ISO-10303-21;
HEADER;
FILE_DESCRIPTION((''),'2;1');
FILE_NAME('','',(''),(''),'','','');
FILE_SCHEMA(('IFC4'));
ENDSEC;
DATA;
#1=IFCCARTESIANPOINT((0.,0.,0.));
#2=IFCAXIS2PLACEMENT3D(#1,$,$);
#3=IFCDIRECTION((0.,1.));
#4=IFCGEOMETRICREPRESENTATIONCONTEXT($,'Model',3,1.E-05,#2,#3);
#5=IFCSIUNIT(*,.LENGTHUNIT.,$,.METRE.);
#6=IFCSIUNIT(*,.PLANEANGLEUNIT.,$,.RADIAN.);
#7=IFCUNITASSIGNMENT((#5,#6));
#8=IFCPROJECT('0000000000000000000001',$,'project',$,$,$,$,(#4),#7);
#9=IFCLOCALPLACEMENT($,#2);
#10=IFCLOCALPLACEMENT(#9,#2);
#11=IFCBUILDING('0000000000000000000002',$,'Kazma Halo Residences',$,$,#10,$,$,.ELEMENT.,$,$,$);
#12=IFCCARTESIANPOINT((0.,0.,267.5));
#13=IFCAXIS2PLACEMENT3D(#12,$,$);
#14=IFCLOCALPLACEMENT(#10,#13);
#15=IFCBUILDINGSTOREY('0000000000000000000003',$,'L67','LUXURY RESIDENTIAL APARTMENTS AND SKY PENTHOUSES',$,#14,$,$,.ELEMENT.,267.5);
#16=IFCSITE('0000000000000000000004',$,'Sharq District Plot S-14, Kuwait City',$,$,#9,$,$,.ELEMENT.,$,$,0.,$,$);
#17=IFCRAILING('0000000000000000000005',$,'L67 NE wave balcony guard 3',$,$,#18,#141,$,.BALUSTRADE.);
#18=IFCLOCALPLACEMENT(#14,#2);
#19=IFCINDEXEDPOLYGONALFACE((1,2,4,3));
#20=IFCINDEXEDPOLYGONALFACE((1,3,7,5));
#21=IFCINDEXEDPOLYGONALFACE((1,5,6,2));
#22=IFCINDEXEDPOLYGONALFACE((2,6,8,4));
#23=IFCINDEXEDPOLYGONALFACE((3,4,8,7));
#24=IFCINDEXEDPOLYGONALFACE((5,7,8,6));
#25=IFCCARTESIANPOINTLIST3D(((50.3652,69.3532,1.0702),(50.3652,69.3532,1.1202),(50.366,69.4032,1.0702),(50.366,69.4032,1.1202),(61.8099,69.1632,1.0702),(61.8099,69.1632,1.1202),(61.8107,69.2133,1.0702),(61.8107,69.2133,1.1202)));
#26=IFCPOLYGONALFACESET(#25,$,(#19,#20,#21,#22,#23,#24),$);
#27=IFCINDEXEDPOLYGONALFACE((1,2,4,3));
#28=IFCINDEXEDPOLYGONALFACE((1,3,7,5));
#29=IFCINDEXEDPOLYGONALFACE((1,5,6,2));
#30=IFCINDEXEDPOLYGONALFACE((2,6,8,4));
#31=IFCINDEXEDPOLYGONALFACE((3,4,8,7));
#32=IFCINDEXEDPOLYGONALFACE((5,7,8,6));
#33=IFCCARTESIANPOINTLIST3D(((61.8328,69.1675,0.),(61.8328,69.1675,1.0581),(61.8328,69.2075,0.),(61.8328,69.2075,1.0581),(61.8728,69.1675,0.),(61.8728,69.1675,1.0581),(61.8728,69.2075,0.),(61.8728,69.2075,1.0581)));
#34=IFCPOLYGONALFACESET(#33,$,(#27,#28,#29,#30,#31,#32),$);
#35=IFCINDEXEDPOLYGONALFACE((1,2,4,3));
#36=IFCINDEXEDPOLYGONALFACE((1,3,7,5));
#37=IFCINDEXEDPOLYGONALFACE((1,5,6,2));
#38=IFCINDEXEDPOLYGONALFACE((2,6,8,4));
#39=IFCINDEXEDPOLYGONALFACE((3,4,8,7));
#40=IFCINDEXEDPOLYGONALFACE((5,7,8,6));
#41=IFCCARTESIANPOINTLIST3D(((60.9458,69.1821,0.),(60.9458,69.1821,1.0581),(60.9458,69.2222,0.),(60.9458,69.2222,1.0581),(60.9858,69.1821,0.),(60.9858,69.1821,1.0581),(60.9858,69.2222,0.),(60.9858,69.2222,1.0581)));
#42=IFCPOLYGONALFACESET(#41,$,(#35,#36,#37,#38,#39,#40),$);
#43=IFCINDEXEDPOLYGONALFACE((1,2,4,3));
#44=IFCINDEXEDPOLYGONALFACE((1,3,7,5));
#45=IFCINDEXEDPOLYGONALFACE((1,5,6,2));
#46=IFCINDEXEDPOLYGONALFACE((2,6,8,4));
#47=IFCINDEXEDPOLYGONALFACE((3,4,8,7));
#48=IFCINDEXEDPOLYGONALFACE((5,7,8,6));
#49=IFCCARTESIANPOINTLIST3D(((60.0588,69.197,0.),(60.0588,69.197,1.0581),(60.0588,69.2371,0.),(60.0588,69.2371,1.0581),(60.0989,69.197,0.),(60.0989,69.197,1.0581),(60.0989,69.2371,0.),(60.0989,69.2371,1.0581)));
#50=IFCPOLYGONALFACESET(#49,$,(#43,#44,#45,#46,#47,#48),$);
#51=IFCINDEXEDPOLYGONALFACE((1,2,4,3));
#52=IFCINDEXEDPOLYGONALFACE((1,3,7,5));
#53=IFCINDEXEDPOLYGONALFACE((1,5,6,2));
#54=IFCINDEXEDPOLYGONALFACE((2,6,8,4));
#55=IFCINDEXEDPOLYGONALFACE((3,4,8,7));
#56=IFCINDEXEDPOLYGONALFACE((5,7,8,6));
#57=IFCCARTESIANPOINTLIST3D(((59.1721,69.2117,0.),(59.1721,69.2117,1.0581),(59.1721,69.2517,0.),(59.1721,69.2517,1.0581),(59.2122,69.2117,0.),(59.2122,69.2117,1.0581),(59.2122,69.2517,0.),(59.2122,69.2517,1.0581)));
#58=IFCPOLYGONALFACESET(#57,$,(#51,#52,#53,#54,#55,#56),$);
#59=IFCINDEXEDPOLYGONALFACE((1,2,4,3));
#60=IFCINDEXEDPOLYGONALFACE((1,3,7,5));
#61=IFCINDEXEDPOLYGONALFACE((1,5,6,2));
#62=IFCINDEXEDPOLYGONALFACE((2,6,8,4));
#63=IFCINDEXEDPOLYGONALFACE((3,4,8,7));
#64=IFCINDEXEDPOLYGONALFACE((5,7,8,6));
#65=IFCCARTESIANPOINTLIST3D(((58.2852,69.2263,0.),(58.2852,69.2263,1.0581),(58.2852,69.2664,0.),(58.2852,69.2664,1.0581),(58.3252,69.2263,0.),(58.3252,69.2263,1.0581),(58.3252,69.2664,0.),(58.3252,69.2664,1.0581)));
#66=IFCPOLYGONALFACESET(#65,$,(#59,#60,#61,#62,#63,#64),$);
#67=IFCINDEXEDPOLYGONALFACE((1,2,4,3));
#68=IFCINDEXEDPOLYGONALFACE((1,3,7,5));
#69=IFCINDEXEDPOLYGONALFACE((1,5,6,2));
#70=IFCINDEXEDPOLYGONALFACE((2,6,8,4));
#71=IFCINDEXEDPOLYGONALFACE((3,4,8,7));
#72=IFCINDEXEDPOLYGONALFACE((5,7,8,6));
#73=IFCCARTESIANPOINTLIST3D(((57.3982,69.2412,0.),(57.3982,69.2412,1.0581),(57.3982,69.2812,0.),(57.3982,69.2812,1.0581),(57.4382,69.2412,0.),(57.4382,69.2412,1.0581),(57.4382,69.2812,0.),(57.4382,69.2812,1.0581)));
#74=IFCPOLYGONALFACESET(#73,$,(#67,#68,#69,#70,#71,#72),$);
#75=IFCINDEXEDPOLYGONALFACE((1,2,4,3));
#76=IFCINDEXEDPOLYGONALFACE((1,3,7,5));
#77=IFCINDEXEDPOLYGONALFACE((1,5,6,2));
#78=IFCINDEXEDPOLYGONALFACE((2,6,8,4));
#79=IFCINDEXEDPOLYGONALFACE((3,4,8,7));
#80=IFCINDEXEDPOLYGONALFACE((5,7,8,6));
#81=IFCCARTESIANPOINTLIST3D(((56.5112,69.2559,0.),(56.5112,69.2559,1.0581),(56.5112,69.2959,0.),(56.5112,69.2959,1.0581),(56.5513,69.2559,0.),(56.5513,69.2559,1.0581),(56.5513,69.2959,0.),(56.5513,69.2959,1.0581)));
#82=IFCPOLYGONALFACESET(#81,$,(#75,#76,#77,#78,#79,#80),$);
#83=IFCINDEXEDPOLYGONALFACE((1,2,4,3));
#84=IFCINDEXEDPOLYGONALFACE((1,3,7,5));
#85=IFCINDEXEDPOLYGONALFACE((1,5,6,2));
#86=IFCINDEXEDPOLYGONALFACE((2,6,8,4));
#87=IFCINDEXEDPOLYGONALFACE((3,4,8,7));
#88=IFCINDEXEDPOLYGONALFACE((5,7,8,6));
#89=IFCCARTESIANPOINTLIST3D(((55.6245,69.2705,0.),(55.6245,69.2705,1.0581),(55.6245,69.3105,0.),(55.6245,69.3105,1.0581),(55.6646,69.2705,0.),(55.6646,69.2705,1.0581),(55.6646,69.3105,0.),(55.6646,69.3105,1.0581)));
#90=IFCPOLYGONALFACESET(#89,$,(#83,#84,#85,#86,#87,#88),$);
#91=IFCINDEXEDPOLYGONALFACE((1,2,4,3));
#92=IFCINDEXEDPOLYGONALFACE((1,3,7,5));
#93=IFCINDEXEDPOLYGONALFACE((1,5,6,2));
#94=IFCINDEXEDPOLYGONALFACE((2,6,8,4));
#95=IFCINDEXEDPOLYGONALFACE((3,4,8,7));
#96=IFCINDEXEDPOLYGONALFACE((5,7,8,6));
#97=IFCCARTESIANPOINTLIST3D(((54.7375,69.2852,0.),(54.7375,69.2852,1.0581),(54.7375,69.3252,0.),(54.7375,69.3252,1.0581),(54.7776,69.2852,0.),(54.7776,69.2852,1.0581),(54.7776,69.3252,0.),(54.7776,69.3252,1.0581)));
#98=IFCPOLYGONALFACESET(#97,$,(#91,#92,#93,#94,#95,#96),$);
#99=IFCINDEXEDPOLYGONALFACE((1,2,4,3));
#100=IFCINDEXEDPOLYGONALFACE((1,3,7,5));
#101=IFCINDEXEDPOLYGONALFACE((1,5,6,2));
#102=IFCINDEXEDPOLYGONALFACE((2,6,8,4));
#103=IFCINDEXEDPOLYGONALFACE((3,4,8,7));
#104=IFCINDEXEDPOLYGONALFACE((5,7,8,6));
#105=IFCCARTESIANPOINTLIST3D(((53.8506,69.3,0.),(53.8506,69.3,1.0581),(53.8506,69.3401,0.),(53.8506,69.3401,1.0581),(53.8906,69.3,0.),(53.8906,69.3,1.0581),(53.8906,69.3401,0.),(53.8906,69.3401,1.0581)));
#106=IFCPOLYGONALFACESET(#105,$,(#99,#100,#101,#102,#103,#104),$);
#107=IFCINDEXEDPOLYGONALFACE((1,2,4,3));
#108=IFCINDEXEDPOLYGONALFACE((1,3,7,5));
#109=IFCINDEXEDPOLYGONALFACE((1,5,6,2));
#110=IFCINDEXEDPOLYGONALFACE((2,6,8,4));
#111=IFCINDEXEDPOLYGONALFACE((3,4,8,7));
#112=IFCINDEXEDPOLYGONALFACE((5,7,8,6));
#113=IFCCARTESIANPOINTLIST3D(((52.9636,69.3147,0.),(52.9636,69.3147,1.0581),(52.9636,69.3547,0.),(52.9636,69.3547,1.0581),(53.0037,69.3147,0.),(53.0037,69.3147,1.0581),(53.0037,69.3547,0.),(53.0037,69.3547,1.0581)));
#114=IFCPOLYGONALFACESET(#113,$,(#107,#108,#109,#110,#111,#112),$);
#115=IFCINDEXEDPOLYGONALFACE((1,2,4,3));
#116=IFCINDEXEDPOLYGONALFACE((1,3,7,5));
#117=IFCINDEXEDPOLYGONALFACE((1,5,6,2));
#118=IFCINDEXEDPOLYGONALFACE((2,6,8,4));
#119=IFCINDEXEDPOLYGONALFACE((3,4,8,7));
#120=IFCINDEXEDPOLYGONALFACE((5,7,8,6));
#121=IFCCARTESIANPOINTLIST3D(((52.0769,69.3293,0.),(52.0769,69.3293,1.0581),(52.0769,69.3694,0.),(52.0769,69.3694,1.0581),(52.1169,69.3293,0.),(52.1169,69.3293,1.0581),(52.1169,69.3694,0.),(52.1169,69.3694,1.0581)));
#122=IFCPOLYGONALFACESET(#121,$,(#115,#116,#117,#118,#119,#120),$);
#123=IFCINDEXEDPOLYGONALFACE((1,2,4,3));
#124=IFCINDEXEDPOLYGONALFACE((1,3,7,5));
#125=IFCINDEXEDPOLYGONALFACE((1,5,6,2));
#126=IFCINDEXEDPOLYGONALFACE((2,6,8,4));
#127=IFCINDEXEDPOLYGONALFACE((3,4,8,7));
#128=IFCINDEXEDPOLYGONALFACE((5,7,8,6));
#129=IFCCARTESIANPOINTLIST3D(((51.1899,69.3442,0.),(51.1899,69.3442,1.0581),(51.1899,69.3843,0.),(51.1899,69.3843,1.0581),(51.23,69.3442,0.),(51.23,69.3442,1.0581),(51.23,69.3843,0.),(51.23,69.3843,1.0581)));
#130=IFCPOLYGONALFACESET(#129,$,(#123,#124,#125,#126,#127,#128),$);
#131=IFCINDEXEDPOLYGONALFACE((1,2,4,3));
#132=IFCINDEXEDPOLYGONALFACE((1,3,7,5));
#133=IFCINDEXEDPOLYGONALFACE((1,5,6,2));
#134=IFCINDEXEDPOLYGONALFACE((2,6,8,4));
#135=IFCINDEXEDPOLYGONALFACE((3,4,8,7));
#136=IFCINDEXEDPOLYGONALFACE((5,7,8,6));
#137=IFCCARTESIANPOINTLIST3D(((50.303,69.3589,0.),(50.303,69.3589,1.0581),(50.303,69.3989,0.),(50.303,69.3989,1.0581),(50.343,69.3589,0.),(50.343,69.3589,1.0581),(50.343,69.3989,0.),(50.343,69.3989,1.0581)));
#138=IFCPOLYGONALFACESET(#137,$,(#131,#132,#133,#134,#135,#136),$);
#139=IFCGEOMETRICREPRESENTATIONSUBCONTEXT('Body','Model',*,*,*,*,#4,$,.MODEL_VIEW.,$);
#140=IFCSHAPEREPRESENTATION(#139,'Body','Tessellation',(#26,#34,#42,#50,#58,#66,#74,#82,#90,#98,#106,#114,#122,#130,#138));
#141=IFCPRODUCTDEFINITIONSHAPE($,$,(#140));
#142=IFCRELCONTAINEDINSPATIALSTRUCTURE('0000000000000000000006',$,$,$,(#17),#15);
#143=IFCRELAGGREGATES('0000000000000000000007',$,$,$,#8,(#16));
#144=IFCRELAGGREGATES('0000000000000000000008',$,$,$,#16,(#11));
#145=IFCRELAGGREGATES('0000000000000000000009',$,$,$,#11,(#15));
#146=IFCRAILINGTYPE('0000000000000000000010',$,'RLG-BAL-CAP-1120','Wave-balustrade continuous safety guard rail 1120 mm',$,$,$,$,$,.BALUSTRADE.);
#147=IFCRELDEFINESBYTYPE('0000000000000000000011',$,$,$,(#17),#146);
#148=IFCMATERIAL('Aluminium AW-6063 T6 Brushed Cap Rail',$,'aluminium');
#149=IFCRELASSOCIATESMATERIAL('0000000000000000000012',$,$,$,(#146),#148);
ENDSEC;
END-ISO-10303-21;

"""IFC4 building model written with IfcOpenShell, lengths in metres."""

from ifc_helpers import new_model, si_unit, direction, frame, origin, origin_2d, place, context, subcontext, project, spatial, rectangle, extrude, material, type_object, element, save


model = new_model("IFC4")

# Units and contexts
model_context = context("Model", 3, precision=1e-05, world=origin(), true_north=direction((0.0, 1.0)))
body_context = subcontext(model_context, "Body", "Model", "MODEL_VIEW")
ifc_project = project(units=[si_unit("LENGTHUNIT", "METRE"), si_unit("PLANEANGLEUNIT", "RADIAN")], contexts=[model_context])

# Site, building, storey
site_placement = place(None, origin())
site = spatial("IfcSite", under=ifc_project, at=site_placement, Name="Sharq District Plot S-14, Kuwait City", CompositionType="ELEMENT", RefElevation=0.0)
building_placement = place(site_placement, origin())
building = spatial("IfcBuilding", under=site, at=building_placement, Name="Kazma Halo Residences", CompositionType="ELEMENT")
storey_placement = place(building_placement, frame((0.0, 0.0, 267.5)))
storey = spatial("IfcBuildingStorey", under=building, at=storey_placement, Name="L67", Description="LUXURY RESIDENTIAL APARTMENTS AND SKY PENTHOUSES", CompositionType="ELEMENT", Elevation=267.5)

# Railing
ifc_material_1 = material(Name="Aluminium AW-6063 T6 Brushed Cap Rail", Category="aluminium")
railing_type = type_object("IfcRailingType", Name="RLG-BAL-CAP-1120", Description="Wave-balustrade continuous safety guard rail 1120 mm", PredefinedType="BALUSTRADE", material=ifc_material_1)
railing_1_placement = place(storey_placement, frame((61.8528, 69.1875, 0.0)))
element("IfcRailing", 1, at=railing_1_placement, inside=storey, type_object=railing_type, Name="L67 NE wave balcony guard 3", PredefinedType="BALUSTRADE", context=body_context, shape_type="SweptSolid", body=[
    extrude(rectangle(XDim=0.05, YDim=0.05, at=origin_2d()), frame((-0.0425, 0.0007, 1.0952), z_axis=(-0.999862, 0.016599, 0.0), x_axis=(-0.016599, -0.999862, 0.0)), (0.0, 0.0, 1.0), 11.4463),
    extrude(rectangle(XDim=0.04, YDim=0.04, at=origin_2d()), origin(), (0.0, 0.0, 1.0), 1.0581),
    extrude(rectangle(XDim=0.04, YDim=0.04, at=origin_2d()), frame((-0.887, 0.0146, 0.0)), (0.0, 0.0, 1.0), 1.0581),
    extrude(rectangle(XDim=0.04, YDim=0.04, at=origin_2d()), frame((-1.7739, 0.0295, 0.0)), (0.0, 0.0, 1.0), 1.0581),
    extrude(rectangle(XDim=0.04, YDim=0.04, at=origin_2d()), frame((-2.6606, 0.0442, 0.0)), (0.0, 0.0, 1.0), 1.0581),
    extrude(rectangle(XDim=0.04, YDim=0.04, at=origin_2d()), frame((-3.5476, 0.0588, 0.0)), (0.0, 0.0, 1.0), 1.0581),
    extrude(rectangle(XDim=0.04, YDim=0.04, at=origin_2d()), frame((-4.4346, 0.0737, 0.0)), (0.0, 0.0, 1.0), 1.0581),
    extrude(rectangle(XDim=0.04, YDim=0.04, at=origin_2d()), frame((-5.3215, 0.0884, 0.0)), (0.0, 0.0, 1.0), 1.0581),
    extrude(rectangle(XDim=0.04, YDim=0.04, at=origin_2d()), frame((-6.2083, 0.103, 0.0)), (0.0, 0.0, 1.0), 1.0581),
    extrude(rectangle(XDim=0.04, YDim=0.04, at=origin_2d()), frame((-7.0952, 0.1177, 0.0)), (0.0, 0.0, 1.0), 1.0581),
    extrude(rectangle(XDim=0.04, YDim=0.04, at=origin_2d()), frame((-7.9822, 0.1326, 0.0)), (0.0, 0.0, 1.0), 1.0581),
    extrude(rectangle(XDim=0.04, YDim=0.04, at=origin_2d()), frame((-8.8691, 0.1472, 0.0)), (0.0, 0.0, 1.0), 1.0581),
    extrude(rectangle(XDim=0.04, YDim=0.04, at=origin_2d()), frame((-9.7559, 0.1619, 0.0)), (0.0, 0.0, 1.0), 1.0581),
    extrude(rectangle(XDim=0.04, YDim=0.04, at=origin_2d()), frame((-10.6428, 0.1768, 0.0)), (0.0, 0.0, 1.0), 1.0581),
    extrude(rectangle(XDim=0.04, YDim=0.04, at=origin_2d()), frame((-11.5298, 0.1914, 0.0)), (0.0, 0.0, 1.0), 1.0581),
])

save(model, "model.ifc")
